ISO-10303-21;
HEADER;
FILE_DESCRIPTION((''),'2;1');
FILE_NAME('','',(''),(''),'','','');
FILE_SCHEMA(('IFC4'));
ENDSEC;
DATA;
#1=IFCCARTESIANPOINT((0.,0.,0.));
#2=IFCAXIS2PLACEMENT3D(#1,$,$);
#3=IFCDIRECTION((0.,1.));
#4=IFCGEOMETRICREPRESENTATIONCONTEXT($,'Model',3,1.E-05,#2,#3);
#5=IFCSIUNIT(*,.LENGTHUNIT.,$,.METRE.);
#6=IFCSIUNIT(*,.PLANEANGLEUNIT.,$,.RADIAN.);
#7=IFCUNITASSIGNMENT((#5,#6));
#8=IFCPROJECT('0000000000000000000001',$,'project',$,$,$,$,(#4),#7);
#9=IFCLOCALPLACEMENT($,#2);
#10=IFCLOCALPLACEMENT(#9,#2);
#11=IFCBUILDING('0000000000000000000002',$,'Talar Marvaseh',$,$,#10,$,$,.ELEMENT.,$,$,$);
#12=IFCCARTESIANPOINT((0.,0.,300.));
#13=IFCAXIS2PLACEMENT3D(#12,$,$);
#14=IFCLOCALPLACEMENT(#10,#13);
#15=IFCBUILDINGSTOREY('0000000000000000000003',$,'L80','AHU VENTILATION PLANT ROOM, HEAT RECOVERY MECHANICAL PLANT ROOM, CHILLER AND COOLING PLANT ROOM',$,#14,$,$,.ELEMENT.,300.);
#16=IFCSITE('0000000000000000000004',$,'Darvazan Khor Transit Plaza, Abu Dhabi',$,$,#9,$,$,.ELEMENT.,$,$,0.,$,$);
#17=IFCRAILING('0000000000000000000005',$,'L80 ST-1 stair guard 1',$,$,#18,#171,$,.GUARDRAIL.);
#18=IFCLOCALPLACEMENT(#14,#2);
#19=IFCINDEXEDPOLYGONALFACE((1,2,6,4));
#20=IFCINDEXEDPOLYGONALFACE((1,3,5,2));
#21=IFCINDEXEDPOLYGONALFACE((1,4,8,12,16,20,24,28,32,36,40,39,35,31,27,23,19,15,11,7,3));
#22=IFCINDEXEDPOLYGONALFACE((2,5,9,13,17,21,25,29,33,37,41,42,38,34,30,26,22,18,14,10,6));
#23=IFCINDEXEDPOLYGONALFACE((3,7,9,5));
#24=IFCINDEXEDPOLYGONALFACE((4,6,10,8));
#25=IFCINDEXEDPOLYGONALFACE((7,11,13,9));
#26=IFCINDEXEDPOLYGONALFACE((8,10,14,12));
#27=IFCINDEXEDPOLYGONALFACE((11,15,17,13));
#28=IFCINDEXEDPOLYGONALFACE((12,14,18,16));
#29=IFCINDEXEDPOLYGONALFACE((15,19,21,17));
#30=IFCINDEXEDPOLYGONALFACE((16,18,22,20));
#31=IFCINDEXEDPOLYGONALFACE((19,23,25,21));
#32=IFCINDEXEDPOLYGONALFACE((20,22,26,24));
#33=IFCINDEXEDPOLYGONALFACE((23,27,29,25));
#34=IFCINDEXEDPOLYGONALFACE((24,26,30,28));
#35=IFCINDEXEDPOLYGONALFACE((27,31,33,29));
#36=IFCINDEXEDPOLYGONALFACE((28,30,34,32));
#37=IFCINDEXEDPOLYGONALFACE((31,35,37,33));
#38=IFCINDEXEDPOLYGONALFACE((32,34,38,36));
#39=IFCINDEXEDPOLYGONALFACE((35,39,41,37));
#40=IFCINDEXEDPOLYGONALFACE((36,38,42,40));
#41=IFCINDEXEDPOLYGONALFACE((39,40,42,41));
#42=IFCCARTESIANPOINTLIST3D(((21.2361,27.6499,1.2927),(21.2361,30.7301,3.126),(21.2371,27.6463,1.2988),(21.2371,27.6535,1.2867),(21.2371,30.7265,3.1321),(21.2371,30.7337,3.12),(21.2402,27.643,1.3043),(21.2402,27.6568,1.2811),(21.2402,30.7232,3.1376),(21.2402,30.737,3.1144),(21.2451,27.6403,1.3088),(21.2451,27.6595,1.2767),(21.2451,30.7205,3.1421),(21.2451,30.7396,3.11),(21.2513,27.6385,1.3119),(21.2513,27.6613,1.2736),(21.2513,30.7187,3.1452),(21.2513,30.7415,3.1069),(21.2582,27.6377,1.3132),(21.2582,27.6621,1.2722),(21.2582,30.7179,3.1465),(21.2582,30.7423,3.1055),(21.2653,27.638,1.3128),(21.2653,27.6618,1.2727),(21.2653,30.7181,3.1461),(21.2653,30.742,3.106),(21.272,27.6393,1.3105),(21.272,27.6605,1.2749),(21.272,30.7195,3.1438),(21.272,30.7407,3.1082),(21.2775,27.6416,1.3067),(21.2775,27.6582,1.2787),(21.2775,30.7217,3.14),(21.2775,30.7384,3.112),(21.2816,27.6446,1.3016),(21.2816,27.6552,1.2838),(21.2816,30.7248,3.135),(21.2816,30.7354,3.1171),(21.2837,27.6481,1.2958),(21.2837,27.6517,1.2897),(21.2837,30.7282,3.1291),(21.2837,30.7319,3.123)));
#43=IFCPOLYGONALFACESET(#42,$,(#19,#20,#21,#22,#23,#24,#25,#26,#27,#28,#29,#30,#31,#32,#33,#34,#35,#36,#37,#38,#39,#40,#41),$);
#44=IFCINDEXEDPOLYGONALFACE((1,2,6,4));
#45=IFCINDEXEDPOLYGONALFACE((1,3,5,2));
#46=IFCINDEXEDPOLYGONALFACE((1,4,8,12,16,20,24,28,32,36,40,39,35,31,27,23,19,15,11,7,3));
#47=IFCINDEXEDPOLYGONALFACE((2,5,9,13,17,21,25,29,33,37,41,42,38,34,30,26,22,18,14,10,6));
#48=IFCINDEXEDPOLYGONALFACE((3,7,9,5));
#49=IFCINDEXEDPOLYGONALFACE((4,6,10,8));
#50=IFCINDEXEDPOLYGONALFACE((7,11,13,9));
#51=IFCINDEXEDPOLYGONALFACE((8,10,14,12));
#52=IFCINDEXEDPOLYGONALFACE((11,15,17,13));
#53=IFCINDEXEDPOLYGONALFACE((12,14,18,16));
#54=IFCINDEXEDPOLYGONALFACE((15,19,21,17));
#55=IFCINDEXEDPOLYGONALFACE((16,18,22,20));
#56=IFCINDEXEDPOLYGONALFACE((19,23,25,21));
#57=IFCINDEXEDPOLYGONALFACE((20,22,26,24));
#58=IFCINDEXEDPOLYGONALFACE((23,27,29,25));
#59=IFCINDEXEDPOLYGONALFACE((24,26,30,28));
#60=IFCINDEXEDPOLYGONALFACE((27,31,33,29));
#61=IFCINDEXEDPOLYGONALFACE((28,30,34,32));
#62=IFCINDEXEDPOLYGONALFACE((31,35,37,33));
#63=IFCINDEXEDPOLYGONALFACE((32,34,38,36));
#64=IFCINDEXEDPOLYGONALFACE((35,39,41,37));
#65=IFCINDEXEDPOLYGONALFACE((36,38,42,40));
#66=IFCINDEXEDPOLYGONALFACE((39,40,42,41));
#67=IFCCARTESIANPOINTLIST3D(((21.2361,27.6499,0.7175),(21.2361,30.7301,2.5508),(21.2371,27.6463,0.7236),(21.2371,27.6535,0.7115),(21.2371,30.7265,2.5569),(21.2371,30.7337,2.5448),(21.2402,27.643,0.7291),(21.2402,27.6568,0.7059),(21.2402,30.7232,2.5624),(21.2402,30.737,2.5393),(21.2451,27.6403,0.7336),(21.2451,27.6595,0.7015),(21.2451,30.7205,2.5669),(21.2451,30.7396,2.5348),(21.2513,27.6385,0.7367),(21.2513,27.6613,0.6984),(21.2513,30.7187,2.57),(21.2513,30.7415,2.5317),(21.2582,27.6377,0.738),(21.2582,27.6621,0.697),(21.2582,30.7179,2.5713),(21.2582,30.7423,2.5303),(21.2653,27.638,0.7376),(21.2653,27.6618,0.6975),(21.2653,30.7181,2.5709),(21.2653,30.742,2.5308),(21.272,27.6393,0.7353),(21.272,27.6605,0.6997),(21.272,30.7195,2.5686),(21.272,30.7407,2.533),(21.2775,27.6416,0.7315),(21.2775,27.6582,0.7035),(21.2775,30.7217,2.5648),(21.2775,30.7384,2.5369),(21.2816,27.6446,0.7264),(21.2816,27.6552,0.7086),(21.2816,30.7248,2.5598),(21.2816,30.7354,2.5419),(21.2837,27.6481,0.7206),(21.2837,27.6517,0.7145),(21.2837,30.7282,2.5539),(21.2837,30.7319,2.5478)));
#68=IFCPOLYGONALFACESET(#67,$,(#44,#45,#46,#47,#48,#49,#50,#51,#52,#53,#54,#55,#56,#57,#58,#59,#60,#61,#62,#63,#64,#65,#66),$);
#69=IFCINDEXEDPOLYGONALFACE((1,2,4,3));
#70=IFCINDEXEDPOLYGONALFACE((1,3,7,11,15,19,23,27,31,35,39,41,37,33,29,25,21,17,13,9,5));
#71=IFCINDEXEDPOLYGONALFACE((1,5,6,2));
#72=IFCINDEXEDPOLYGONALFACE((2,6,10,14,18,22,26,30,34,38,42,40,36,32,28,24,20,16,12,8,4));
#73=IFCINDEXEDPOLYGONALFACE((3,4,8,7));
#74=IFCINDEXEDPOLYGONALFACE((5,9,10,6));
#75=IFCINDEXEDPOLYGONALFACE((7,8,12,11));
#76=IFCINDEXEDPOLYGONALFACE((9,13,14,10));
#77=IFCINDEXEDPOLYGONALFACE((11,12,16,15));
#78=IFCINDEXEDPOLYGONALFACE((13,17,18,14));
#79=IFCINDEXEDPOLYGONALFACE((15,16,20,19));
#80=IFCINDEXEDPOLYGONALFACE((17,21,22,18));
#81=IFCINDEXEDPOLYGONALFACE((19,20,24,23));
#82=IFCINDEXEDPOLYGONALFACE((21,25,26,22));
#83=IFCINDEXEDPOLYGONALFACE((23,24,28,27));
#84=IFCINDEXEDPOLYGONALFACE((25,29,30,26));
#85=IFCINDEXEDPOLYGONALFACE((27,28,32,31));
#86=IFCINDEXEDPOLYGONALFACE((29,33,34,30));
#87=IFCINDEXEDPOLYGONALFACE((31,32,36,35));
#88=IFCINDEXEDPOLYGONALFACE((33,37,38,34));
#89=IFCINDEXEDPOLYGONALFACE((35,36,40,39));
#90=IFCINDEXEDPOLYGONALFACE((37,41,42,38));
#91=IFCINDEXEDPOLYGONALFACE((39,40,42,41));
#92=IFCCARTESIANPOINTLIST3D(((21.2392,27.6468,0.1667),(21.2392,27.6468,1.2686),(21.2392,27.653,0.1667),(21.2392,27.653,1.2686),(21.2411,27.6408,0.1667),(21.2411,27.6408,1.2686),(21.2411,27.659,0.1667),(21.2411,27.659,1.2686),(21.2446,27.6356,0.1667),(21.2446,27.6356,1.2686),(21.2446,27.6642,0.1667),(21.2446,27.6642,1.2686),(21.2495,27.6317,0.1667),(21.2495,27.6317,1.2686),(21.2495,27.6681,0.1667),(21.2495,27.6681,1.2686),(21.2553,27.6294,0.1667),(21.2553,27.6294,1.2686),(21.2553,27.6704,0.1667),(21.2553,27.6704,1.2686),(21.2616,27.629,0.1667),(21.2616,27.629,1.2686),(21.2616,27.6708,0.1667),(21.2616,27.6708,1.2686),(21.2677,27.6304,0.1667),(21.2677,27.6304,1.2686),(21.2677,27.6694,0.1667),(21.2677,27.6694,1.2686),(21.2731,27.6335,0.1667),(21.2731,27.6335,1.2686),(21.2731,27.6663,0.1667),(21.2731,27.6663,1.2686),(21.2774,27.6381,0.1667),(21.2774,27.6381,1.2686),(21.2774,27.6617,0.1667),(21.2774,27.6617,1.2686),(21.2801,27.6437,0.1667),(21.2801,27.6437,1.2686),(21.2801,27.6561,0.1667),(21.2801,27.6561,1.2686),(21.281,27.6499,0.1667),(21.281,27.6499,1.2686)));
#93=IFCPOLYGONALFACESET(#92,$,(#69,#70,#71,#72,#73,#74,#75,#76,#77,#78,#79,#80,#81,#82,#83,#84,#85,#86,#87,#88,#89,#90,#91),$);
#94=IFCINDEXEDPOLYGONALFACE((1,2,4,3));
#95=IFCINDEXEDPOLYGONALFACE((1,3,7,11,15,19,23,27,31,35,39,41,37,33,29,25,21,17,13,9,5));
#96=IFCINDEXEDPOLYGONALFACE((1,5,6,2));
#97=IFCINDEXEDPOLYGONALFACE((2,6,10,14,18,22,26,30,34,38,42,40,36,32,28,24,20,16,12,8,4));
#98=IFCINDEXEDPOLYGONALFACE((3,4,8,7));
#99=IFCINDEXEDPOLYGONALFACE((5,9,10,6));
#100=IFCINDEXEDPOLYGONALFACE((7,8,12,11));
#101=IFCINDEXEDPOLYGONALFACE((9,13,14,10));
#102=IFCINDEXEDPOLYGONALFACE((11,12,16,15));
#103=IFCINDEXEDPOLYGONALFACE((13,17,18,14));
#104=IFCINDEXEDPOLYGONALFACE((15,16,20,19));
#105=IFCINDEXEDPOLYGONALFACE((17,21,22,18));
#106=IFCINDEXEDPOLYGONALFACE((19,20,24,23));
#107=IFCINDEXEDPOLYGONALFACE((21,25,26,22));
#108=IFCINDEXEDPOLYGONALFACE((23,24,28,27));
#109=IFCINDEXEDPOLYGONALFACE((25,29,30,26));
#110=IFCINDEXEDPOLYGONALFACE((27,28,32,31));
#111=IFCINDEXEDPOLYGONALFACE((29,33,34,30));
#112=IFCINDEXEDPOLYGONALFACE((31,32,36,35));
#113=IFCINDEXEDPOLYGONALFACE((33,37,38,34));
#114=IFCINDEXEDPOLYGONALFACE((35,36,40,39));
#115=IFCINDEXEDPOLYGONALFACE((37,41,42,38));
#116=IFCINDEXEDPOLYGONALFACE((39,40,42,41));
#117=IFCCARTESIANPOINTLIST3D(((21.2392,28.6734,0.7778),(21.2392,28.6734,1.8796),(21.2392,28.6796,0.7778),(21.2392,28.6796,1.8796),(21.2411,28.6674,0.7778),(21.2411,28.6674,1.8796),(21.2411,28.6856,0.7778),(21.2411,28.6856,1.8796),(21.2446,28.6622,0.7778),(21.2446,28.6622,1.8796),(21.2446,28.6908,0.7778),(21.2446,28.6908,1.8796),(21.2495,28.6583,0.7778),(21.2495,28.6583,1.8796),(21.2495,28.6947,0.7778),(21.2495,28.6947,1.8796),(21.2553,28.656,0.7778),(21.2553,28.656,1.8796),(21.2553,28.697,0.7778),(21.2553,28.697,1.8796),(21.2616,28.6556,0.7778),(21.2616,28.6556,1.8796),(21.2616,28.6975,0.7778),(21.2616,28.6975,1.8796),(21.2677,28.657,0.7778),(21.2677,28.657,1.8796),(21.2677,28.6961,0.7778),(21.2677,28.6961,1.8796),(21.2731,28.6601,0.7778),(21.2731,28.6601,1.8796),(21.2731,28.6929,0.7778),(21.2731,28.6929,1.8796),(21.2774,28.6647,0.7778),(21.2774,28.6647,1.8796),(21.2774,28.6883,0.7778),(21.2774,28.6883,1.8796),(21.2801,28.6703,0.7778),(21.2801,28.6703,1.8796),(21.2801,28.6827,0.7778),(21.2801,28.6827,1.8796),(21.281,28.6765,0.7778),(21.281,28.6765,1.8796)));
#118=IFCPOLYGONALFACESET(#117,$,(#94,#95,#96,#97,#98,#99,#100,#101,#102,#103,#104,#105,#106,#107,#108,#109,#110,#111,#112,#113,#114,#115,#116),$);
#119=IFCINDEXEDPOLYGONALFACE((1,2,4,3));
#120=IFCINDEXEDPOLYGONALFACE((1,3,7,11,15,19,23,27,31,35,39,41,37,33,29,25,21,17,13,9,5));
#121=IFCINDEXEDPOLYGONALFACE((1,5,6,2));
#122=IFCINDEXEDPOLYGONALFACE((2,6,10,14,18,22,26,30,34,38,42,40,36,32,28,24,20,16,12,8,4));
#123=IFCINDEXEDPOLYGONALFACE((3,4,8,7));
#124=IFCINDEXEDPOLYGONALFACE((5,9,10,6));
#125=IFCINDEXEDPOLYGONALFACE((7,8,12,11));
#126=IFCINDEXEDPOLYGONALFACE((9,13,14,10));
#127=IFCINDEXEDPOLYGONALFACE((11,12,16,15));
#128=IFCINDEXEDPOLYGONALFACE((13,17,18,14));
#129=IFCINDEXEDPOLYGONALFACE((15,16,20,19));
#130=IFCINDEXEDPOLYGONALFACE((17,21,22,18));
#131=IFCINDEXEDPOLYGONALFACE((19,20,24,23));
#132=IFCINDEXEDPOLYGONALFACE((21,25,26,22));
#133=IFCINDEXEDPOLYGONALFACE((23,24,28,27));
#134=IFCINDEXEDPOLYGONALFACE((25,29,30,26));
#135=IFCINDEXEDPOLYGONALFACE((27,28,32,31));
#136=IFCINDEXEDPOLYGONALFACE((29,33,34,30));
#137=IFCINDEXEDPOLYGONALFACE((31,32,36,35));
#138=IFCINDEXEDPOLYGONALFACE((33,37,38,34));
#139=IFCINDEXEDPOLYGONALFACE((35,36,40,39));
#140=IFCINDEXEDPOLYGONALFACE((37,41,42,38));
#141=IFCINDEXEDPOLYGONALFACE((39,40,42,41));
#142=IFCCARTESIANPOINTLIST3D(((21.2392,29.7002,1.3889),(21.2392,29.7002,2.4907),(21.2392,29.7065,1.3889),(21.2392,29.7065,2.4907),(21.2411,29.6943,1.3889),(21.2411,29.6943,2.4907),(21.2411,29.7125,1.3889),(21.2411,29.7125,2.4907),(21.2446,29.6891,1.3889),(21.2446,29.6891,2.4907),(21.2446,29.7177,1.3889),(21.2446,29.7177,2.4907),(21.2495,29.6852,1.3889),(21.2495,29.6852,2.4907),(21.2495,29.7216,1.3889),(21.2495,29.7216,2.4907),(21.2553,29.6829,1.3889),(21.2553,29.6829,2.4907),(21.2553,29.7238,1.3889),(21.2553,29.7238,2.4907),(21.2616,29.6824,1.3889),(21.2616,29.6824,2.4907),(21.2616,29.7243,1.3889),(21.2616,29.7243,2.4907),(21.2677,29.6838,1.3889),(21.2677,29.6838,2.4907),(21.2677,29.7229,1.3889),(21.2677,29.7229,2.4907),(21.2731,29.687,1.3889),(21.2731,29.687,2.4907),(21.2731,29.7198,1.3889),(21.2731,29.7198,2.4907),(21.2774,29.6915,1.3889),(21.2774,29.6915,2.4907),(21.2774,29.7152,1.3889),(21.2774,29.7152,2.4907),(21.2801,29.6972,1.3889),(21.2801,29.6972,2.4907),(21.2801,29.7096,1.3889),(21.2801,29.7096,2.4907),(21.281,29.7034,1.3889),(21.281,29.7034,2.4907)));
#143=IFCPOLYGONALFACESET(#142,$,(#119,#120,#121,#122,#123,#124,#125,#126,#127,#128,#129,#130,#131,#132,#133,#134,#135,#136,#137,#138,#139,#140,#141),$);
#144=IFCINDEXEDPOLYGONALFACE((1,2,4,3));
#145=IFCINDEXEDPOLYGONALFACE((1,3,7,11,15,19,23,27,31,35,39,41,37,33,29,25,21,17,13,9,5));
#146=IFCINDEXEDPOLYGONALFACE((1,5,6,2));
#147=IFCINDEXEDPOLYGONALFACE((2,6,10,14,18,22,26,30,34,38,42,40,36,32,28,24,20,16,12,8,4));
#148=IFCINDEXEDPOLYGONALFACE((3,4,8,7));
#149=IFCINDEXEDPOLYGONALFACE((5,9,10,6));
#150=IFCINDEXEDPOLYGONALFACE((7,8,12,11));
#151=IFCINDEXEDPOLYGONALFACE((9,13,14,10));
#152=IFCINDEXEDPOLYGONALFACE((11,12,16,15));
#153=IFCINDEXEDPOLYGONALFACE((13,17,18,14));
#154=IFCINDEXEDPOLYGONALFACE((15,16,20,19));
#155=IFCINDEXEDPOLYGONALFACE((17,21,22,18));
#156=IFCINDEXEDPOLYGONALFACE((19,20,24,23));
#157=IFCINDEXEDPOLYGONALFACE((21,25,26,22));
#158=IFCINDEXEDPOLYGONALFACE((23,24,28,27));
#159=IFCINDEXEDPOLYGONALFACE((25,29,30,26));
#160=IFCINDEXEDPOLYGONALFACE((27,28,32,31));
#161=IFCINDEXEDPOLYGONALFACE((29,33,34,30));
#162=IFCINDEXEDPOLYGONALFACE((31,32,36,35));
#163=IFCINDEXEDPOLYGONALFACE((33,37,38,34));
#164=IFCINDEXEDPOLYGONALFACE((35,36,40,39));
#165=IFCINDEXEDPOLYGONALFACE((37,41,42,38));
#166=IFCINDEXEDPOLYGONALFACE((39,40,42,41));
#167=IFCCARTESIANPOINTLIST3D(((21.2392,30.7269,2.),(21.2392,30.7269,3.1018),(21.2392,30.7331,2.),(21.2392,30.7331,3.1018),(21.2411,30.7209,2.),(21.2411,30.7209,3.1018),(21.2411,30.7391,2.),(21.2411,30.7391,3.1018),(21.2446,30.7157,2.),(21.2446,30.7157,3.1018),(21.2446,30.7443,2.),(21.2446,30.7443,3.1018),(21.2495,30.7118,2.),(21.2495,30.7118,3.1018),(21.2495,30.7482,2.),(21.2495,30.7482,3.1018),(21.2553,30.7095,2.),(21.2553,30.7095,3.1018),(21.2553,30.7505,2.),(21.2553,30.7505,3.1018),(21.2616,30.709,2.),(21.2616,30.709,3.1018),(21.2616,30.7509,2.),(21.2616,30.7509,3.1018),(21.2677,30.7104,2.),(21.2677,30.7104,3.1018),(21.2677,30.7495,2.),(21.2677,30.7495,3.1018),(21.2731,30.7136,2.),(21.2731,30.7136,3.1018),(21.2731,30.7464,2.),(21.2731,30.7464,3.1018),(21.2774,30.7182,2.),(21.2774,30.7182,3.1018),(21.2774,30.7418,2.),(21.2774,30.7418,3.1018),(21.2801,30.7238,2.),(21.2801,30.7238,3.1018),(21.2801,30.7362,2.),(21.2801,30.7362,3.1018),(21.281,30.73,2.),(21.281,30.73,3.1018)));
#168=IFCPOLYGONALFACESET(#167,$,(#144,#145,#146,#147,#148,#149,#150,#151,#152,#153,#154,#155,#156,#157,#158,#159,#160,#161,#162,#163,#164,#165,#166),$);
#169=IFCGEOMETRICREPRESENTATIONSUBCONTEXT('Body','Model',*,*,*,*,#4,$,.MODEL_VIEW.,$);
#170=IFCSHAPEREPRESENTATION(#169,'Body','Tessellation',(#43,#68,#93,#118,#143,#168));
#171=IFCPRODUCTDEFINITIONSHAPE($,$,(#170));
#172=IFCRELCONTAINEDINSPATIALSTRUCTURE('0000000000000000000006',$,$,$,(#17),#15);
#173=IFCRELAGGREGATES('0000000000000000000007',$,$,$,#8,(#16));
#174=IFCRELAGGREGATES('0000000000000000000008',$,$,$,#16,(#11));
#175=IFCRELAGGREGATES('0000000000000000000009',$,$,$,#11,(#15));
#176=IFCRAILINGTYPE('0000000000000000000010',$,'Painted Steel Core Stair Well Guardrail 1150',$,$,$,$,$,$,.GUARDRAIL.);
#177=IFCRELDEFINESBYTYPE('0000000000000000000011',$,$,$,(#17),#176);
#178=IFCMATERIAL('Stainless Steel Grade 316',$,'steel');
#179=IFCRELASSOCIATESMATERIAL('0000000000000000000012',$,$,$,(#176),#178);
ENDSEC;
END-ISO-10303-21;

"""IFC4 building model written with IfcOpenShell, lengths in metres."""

from ifc_helpers import new_model, si_unit, direction, frame, origin, origin_2d, place, context, subcontext, project, spatial, circle, extrude, material, type_object, element, save


model = new_model("IFC4")

# Units and contexts
model_context = context("Model", 3, precision=1e-05, world=origin(), true_north=direction((0.0, 1.0)))
body_context = subcontext(model_context, "Body", "Model", "MODEL_VIEW")
ifc_project = project(units=[si_unit("LENGTHUNIT", "METRE"), si_unit("PLANEANGLEUNIT", "RADIAN")], contexts=[model_context])

# Site, building, storey
site_placement = place(None, origin())
site = spatial("IfcSite", under=ifc_project, at=site_placement, Name="Darvazan Khor Transit Plaza, Abu Dhabi", CompositionType="ELEMENT", RefElevation=0.0)
building_placement = place(site_placement, origin())
building = spatial("IfcBuilding", under=site, at=building_placement, Name="Talar Marvaseh", CompositionType="ELEMENT")
storey_placement = place(building_placement, frame((0.0, 0.0, 300.0)))
storey = spatial("IfcBuildingStorey", under=building, at=storey_placement, Name="L80", Description="AHU VENTILATION PLANT ROOM, HEAT RECOVERY MECHANICAL PLANT ROOM, CHILLER AND COOLING PLANT ROOM", CompositionType="ELEMENT", Elevation=300.0)

# Shared definitions
ifc_material_1 = material(Name="Stainless Steel Grade 316", Category="steel")

# Railing
railing_type_1 = type_object("IfcRailingType", Name="Painted Steel Core Stair Well Guardrail 1150", PredefinedType="GUARDRAIL", material=ifc_material_1)
railing_1_placement = place(storey_placement, frame((21.26, 27.6499, 0.1667)))
element("IfcRailing", 1, at=railing_1_placement, inside=storey, type_object=railing_type_1, Name="L80 ST-1 stair guard 1", PredefinedType="GUARDRAIL", context=body_context, shape_type="SweptSolid", body=[
    extrude(circle(Radius=0.0239, at=origin_2d()), frame((0.0, 0.0, 1.126), z_axis=(0.0, 0.859309, 0.511458), x_axis=(-1.0, 0.0, 0.0)), (0.0, 0.0, 1.0), 3.5845),
    extrude(circle(Radius=0.0239, at=origin_2d()), frame((0.0, 0.0, 0.5508), z_axis=(0.0, 0.859309, 0.511458), x_axis=(-1.0, 0.0, 0.0)), (0.0, 0.0, 1.0), 3.5845),
    extrude(circle(Radius=0.021, at=origin_2d()), origin(), (0.0, 0.0, 1.0), 1.1018),
    extrude(circle(Radius=0.021, at=origin_2d()), frame((0.0, 1.0266, 0.6111)), (0.0, 0.0, 1.0), 1.1018),
    extrude(circle(Radius=0.021, at=origin_2d()), frame((0.0, 2.0535, 1.2222)), (0.0, 0.0, 1.0), 1.1018),
    extrude(circle(Radius=0.021, at=origin_2d()), frame((0.0, 3.0801, 1.8333)), (0.0, 0.0, 1.0), 1.1018),
])

save(model, "model.ifc")
